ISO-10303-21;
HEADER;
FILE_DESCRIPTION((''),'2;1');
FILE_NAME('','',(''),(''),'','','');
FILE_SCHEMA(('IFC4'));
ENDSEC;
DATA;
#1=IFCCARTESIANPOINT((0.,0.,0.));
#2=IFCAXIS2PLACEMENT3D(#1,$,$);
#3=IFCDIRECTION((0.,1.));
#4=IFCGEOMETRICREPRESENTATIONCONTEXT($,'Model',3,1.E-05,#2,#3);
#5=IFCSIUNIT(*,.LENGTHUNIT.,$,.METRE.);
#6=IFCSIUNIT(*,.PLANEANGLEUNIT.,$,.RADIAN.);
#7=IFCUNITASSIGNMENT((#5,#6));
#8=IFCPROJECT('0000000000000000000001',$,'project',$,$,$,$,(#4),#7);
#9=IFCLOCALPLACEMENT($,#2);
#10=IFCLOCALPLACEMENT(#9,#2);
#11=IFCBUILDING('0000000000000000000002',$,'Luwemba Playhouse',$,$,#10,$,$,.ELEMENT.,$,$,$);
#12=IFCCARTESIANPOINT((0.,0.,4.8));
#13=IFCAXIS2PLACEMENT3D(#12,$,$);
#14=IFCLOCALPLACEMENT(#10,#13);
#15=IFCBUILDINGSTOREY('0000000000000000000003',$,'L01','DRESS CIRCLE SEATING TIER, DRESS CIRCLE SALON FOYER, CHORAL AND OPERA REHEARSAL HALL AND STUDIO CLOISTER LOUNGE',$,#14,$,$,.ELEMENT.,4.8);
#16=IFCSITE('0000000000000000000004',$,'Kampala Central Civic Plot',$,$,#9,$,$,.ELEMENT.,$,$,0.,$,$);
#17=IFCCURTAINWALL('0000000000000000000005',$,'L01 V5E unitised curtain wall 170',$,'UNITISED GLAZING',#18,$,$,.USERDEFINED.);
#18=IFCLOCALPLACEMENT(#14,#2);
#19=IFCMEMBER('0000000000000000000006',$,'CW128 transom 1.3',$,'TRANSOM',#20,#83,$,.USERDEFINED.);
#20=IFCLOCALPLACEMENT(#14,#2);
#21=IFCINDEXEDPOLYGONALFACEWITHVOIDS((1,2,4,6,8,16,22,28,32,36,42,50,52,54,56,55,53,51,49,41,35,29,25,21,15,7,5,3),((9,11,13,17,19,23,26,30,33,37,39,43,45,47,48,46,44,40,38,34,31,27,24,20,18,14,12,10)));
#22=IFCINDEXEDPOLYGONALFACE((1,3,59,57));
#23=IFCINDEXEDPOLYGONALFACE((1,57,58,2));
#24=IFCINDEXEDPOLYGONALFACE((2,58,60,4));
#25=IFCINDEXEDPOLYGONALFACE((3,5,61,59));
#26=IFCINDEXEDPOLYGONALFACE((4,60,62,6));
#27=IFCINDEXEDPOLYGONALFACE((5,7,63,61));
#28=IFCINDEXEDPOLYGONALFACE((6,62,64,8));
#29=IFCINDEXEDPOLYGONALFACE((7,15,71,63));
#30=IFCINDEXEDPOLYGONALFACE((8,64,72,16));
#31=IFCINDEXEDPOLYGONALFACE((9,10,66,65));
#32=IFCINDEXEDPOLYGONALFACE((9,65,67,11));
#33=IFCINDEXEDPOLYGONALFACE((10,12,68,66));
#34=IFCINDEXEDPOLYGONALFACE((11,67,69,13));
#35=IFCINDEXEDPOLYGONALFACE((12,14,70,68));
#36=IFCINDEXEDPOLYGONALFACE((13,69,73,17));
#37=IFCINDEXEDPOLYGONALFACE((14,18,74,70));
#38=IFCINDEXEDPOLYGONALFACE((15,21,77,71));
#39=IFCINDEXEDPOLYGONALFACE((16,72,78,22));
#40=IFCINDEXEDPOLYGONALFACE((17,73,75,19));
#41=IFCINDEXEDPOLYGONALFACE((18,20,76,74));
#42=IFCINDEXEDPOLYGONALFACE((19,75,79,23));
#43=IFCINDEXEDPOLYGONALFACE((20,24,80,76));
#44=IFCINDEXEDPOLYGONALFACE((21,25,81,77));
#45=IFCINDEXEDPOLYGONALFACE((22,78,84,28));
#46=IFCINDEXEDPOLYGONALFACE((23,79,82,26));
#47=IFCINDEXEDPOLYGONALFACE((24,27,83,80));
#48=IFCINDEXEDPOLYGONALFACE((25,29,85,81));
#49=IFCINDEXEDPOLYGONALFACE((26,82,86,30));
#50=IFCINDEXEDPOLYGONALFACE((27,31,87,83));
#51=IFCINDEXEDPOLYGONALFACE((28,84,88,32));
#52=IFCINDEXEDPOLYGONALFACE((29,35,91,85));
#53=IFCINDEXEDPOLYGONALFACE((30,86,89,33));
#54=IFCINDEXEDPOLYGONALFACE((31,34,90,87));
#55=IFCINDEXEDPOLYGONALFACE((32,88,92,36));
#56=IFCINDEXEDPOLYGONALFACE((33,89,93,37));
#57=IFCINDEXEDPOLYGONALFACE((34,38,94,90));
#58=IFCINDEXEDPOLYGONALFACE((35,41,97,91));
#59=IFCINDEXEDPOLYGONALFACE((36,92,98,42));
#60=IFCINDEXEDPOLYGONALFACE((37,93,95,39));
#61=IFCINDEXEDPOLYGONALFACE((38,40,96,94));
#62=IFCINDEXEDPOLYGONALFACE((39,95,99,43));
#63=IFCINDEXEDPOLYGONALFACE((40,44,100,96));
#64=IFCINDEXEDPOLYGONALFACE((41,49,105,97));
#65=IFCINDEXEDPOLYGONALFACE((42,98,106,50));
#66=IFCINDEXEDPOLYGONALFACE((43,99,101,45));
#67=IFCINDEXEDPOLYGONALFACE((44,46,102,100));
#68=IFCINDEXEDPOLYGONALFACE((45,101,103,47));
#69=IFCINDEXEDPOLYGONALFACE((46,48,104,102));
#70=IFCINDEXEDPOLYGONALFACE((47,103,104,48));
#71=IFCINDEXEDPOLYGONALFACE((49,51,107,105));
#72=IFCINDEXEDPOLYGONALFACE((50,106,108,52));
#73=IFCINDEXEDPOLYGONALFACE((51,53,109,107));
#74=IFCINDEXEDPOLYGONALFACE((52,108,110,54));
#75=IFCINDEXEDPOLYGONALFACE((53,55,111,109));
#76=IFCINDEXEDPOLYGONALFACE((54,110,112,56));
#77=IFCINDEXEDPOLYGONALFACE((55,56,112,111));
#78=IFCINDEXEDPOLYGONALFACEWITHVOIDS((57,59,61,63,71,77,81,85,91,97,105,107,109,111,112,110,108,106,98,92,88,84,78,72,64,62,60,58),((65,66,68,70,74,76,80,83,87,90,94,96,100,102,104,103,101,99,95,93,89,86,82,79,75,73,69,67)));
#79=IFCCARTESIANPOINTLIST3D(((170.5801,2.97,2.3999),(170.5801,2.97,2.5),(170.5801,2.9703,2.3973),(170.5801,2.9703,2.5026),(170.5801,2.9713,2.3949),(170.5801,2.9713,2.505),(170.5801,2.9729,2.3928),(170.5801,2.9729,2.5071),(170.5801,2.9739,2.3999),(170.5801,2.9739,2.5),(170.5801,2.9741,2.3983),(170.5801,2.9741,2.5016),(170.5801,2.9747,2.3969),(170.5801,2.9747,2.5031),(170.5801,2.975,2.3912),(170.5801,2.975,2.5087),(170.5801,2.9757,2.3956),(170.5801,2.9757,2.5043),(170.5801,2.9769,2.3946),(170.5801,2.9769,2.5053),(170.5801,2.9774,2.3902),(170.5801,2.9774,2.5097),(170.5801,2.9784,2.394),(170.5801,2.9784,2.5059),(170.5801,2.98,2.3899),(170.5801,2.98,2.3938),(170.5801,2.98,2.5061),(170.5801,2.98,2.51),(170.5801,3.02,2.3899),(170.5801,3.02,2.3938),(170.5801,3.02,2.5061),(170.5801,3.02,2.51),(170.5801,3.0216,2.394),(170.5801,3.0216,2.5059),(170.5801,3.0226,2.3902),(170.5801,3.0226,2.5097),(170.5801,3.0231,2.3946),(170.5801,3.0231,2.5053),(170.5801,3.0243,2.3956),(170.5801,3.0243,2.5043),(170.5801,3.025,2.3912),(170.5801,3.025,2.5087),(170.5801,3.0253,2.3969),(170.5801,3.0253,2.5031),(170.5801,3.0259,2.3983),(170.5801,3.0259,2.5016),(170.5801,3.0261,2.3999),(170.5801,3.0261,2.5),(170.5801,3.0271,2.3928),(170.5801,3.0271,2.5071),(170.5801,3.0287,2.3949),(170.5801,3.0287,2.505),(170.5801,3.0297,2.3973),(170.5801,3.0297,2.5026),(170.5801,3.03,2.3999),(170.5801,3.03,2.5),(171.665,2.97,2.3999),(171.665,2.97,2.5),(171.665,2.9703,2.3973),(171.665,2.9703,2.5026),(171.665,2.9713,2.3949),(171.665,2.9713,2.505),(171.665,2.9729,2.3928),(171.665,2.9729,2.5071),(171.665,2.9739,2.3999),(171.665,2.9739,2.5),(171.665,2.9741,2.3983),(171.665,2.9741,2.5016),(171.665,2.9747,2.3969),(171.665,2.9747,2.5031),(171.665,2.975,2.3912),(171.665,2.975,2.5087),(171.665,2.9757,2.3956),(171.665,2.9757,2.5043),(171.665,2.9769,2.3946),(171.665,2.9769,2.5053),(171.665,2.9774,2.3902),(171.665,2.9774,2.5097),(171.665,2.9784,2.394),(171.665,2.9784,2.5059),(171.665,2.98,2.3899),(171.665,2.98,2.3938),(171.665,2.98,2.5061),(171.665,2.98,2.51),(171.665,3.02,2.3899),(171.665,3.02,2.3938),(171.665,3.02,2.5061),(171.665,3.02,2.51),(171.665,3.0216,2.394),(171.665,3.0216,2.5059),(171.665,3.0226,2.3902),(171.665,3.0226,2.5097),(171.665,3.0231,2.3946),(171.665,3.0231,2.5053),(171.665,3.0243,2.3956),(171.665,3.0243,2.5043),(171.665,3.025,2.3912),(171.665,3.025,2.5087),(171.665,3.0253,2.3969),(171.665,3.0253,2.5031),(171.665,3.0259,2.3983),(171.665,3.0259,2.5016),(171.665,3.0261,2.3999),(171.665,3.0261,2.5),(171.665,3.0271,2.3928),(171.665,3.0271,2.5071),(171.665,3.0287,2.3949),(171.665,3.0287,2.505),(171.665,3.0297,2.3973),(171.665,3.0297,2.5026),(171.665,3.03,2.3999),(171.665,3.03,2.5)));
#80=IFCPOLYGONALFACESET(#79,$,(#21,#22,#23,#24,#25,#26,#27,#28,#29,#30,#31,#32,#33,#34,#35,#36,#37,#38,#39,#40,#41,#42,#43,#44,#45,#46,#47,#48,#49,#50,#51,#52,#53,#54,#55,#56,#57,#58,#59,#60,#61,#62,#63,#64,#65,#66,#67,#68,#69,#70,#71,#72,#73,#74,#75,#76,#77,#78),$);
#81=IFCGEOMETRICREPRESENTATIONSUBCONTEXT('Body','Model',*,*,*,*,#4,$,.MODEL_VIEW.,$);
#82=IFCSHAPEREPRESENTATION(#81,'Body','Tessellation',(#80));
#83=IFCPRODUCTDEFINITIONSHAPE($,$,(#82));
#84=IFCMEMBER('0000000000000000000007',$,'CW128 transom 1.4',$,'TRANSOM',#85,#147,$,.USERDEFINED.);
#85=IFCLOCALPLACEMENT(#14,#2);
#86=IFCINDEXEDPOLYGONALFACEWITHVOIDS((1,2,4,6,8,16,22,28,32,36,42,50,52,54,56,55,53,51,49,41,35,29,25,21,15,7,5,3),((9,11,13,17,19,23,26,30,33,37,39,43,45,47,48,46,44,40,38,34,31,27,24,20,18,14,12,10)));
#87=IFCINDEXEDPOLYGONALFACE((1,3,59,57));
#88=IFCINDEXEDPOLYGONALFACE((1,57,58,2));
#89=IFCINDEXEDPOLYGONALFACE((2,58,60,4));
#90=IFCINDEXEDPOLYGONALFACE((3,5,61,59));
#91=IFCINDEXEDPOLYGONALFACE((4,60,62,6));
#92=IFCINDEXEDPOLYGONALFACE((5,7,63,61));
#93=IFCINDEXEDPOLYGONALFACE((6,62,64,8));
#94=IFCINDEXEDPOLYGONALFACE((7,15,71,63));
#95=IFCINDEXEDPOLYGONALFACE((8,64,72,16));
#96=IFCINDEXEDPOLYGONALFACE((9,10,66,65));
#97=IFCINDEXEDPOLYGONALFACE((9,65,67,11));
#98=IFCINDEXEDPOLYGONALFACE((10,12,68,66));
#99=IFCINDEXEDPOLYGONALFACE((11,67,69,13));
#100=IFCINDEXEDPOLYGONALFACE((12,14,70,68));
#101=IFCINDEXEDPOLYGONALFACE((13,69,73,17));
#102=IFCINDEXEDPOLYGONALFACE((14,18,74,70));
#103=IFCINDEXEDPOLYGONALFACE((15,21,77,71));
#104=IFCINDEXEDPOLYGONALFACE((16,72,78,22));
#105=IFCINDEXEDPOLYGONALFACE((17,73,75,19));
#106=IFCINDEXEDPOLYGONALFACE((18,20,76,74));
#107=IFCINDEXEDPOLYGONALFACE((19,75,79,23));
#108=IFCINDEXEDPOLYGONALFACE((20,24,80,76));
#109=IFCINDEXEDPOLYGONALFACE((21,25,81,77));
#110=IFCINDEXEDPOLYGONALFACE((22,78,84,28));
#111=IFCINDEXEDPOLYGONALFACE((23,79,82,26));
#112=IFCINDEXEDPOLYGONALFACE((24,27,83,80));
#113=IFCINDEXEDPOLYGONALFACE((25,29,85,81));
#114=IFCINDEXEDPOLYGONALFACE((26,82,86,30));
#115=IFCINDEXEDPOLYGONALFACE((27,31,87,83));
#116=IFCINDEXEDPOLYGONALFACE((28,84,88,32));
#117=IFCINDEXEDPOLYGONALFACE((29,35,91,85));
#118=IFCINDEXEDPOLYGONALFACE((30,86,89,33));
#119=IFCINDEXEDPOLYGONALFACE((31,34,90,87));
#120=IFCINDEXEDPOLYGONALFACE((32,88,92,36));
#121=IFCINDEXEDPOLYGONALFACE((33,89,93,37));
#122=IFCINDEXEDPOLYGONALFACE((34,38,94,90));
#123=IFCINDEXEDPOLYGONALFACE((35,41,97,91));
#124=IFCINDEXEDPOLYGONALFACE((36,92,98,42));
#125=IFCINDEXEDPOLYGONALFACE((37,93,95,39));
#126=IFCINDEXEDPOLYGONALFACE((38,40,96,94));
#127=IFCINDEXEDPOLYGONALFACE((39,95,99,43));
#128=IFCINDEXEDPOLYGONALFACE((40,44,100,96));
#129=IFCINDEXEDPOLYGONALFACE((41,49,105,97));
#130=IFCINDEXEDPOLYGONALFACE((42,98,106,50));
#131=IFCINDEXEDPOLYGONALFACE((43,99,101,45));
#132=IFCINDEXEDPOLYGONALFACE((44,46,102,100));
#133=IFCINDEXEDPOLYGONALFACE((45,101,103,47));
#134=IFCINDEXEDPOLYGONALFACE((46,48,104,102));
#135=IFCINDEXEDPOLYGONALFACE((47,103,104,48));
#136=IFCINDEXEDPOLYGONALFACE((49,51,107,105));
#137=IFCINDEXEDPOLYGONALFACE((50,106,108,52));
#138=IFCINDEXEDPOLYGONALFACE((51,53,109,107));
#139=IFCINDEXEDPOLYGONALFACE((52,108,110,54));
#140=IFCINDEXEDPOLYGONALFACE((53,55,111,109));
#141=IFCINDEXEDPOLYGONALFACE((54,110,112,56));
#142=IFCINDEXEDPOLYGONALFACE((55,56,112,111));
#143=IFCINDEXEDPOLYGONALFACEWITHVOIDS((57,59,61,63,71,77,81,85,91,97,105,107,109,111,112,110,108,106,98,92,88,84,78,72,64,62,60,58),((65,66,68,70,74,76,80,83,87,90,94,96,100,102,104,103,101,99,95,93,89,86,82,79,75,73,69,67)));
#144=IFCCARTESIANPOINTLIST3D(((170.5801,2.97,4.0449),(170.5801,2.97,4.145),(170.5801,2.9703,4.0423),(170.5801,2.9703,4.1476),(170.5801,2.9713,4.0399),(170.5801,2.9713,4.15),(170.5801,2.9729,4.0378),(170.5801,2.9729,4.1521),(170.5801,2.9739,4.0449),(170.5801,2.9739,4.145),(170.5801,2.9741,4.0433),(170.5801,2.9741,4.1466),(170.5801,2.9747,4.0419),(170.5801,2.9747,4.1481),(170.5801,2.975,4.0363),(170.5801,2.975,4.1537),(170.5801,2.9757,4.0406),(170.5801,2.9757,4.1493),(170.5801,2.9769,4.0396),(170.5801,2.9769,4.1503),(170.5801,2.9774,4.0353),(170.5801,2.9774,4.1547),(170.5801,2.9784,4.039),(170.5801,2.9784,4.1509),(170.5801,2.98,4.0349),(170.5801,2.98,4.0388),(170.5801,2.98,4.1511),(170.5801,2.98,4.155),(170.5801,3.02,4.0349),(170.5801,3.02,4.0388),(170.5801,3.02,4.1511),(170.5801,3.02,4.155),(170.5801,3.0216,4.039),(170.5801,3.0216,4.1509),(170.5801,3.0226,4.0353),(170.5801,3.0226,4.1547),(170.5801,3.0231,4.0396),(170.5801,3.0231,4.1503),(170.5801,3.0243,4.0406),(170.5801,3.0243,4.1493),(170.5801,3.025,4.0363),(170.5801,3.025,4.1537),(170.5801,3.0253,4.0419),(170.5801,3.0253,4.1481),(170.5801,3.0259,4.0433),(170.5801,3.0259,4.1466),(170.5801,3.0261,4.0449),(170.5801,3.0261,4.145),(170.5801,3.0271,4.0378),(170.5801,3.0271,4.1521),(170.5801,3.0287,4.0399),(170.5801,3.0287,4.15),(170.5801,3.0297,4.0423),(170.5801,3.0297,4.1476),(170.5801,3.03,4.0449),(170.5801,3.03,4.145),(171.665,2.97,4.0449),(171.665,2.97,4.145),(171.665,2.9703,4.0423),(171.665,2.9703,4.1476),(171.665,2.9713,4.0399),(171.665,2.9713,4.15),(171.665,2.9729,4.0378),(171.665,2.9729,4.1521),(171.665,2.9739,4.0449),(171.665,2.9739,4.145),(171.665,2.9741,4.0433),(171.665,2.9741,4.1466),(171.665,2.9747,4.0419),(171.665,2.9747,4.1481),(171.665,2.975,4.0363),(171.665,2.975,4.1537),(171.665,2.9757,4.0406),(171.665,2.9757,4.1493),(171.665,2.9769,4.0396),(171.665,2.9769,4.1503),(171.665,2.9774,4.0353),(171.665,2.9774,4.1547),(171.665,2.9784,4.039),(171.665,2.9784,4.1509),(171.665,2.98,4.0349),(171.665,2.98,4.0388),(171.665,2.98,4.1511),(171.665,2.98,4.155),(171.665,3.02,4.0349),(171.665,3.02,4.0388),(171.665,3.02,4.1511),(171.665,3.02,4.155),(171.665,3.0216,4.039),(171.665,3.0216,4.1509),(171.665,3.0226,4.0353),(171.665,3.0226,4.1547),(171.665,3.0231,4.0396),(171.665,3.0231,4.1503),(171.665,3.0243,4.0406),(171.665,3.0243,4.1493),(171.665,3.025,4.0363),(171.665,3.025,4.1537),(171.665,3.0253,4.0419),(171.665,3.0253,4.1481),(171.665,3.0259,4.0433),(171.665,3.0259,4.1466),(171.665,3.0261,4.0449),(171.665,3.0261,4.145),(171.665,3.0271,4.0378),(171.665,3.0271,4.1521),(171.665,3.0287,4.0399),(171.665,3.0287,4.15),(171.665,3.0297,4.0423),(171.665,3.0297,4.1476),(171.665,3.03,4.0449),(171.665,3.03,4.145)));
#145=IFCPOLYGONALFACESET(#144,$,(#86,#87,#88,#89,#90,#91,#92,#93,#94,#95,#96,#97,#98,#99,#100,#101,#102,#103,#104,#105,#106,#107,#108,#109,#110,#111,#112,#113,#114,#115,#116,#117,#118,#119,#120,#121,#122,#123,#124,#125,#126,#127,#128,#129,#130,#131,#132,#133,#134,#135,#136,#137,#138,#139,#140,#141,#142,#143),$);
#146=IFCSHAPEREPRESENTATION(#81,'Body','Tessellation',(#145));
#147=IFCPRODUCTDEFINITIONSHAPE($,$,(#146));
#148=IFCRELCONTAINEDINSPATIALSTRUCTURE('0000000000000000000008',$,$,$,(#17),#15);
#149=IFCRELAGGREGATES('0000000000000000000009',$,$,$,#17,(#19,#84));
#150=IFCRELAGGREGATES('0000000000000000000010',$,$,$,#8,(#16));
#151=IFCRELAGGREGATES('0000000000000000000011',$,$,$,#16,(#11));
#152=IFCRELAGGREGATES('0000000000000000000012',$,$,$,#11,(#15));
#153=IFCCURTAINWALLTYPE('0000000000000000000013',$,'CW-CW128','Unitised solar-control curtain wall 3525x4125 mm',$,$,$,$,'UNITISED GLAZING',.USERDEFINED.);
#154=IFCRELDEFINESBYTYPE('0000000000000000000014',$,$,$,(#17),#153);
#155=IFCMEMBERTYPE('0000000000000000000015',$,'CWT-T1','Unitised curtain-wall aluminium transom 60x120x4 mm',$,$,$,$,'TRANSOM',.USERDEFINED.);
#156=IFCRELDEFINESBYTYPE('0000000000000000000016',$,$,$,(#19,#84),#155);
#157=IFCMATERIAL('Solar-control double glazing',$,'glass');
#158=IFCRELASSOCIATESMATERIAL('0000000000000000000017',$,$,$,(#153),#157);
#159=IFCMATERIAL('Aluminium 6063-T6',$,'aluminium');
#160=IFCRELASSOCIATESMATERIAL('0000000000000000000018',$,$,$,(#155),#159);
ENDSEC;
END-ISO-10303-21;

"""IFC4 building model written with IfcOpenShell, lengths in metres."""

from ifc_helpers import new_model, si_unit, direction, frame, origin, origin_2d, place, context, subcontext, project, spatial, hollow_rectangle, extrude, material, material_profile, profile_set, type_object, element, aggregate, save


model = new_model("IFC4")

# Units and contexts
model_context = context("Model", 3, precision=1e-05, world=origin(), true_north=direction((0.0, 1.0)))
body_context = subcontext(model_context, "Body", "Model", "MODEL_VIEW")
ifc_project = project(units=[si_unit("LENGTHUNIT", "METRE"), si_unit("PLANEANGLEUNIT", "RADIAN")], contexts=[model_context])

# Site, building, storey
site_placement = place(None, origin())
site = spatial("IfcSite", under=ifc_project, at=site_placement, Name="Kampala Central Civic Plot", CompositionType="ELEMENT", RefElevation=0.0)
building_placement = place(site_placement, origin())
building = spatial("IfcBuilding", under=site, at=building_placement, Name="Luwemba Playhouse", CompositionType="ELEMENT")
storey_placement = place(building_placement, frame((0.0, 0.0, 4.8)))
storey = spatial("IfcBuildingStorey", under=building, at=storey_placement, Name="L01", Description="DRESS CIRCLE SEATING TIER, DRESS CIRCLE SALON FOYER, CHORAL AND OPERA REHEARSAL HALL AND STUDIO CLOISTER LOUNGE", CompositionType="ELEMENT", Elevation=4.8)

# Curtain wall
ifc_material_1 = material(Name="Solar-control double glazing", Category="glass")
curtain_wall_type_1 = type_object("IfcCurtainWallType", Name="CW-CW128", Description="Unitised solar-control curtain wall 3525x4125 mm", ElementType="UNITISED GLAZING", PredefinedType="USERDEFINED", material=ifc_material_1)
curtain_wall_1_placement = place(storey_placement, origin())
curtain_wall_1 = element("IfcCurtainWall", 1, at=curtain_wall_1_placement, inside=storey, type_object=curtain_wall_type_1, Name="L01 V5E unitised curtain wall 170", ObjectType="UNITISED GLAZING", PredefinedType="USERDEFINED")
ifc_material_2 = material(Name="Aluminium 6063-T6", Category="aluminium")

# Members
ifc_material_profile_1 = material_profile(ifc_material_2, hollow_rectangle(XDim=0.0601, YDim=0.1201, WallThickness=0.0039, InnerFilletRadius=0.0061, OuterFilletRadius=0.01, at=origin_2d()))
ifc_profile_set_1 = profile_set([ifc_material_profile_1], Name="Aluminium 6063-T6")
member_type_1 = type_object("IfcMemberType", Name="CWT-T1", Description="Unitised curtain-wall aluminium transom 60x120x4 mm", ElementType="TRANSOM", PredefinedType="USERDEFINED", material=ifc_profile_set_1)
member_1_placement = place(storey_placement, frame((171.665, 3.0, 2.45), z_axis=(-1.0, 0.0, 0.0), x_axis=(0.0, -1.0, 0.0)))
member_1 = element("IfcMember", 2, at=member_1_placement, type_object=member_type_1, Name="CW128 transom 1.3", ObjectType="TRANSOM", PredefinedType="USERDEFINED", context=body_context, shape_type="SweptSolid", body=[
    extrude(hollow_rectangle(XDim=0.0601, YDim=0.1201, WallThickness=0.0039, InnerFilletRadius=0.0061, OuterFilletRadius=0.01, at=origin_2d()), origin(), (0.0, 0.0, 1.0), 1.085),
])
member_2_placement = place(storey_placement, frame((171.665, 3.0, 4.095), z_axis=(-1.0, 0.0, 0.0), x_axis=(0.0, -1.0, 0.0)))
member_2 = element("IfcMember", 3, at=member_2_placement, type_object=member_type_1, Name="CW128 transom 1.4", ObjectType="TRANSOM", PredefinedType="USERDEFINED", context=body_context, shape_type="SweptSolid", body=[
    extrude(hollow_rectangle(XDim=0.0601, YDim=0.1201, WallThickness=0.0039, InnerFilletRadius=0.0061, OuterFilletRadius=0.01, at=origin_2d()), origin(), (0.0, 0.0, 1.0), 1.085),
])

aggregate(curtain_wall_1, [member_1, member_2])

save(model, "model.ifc")
